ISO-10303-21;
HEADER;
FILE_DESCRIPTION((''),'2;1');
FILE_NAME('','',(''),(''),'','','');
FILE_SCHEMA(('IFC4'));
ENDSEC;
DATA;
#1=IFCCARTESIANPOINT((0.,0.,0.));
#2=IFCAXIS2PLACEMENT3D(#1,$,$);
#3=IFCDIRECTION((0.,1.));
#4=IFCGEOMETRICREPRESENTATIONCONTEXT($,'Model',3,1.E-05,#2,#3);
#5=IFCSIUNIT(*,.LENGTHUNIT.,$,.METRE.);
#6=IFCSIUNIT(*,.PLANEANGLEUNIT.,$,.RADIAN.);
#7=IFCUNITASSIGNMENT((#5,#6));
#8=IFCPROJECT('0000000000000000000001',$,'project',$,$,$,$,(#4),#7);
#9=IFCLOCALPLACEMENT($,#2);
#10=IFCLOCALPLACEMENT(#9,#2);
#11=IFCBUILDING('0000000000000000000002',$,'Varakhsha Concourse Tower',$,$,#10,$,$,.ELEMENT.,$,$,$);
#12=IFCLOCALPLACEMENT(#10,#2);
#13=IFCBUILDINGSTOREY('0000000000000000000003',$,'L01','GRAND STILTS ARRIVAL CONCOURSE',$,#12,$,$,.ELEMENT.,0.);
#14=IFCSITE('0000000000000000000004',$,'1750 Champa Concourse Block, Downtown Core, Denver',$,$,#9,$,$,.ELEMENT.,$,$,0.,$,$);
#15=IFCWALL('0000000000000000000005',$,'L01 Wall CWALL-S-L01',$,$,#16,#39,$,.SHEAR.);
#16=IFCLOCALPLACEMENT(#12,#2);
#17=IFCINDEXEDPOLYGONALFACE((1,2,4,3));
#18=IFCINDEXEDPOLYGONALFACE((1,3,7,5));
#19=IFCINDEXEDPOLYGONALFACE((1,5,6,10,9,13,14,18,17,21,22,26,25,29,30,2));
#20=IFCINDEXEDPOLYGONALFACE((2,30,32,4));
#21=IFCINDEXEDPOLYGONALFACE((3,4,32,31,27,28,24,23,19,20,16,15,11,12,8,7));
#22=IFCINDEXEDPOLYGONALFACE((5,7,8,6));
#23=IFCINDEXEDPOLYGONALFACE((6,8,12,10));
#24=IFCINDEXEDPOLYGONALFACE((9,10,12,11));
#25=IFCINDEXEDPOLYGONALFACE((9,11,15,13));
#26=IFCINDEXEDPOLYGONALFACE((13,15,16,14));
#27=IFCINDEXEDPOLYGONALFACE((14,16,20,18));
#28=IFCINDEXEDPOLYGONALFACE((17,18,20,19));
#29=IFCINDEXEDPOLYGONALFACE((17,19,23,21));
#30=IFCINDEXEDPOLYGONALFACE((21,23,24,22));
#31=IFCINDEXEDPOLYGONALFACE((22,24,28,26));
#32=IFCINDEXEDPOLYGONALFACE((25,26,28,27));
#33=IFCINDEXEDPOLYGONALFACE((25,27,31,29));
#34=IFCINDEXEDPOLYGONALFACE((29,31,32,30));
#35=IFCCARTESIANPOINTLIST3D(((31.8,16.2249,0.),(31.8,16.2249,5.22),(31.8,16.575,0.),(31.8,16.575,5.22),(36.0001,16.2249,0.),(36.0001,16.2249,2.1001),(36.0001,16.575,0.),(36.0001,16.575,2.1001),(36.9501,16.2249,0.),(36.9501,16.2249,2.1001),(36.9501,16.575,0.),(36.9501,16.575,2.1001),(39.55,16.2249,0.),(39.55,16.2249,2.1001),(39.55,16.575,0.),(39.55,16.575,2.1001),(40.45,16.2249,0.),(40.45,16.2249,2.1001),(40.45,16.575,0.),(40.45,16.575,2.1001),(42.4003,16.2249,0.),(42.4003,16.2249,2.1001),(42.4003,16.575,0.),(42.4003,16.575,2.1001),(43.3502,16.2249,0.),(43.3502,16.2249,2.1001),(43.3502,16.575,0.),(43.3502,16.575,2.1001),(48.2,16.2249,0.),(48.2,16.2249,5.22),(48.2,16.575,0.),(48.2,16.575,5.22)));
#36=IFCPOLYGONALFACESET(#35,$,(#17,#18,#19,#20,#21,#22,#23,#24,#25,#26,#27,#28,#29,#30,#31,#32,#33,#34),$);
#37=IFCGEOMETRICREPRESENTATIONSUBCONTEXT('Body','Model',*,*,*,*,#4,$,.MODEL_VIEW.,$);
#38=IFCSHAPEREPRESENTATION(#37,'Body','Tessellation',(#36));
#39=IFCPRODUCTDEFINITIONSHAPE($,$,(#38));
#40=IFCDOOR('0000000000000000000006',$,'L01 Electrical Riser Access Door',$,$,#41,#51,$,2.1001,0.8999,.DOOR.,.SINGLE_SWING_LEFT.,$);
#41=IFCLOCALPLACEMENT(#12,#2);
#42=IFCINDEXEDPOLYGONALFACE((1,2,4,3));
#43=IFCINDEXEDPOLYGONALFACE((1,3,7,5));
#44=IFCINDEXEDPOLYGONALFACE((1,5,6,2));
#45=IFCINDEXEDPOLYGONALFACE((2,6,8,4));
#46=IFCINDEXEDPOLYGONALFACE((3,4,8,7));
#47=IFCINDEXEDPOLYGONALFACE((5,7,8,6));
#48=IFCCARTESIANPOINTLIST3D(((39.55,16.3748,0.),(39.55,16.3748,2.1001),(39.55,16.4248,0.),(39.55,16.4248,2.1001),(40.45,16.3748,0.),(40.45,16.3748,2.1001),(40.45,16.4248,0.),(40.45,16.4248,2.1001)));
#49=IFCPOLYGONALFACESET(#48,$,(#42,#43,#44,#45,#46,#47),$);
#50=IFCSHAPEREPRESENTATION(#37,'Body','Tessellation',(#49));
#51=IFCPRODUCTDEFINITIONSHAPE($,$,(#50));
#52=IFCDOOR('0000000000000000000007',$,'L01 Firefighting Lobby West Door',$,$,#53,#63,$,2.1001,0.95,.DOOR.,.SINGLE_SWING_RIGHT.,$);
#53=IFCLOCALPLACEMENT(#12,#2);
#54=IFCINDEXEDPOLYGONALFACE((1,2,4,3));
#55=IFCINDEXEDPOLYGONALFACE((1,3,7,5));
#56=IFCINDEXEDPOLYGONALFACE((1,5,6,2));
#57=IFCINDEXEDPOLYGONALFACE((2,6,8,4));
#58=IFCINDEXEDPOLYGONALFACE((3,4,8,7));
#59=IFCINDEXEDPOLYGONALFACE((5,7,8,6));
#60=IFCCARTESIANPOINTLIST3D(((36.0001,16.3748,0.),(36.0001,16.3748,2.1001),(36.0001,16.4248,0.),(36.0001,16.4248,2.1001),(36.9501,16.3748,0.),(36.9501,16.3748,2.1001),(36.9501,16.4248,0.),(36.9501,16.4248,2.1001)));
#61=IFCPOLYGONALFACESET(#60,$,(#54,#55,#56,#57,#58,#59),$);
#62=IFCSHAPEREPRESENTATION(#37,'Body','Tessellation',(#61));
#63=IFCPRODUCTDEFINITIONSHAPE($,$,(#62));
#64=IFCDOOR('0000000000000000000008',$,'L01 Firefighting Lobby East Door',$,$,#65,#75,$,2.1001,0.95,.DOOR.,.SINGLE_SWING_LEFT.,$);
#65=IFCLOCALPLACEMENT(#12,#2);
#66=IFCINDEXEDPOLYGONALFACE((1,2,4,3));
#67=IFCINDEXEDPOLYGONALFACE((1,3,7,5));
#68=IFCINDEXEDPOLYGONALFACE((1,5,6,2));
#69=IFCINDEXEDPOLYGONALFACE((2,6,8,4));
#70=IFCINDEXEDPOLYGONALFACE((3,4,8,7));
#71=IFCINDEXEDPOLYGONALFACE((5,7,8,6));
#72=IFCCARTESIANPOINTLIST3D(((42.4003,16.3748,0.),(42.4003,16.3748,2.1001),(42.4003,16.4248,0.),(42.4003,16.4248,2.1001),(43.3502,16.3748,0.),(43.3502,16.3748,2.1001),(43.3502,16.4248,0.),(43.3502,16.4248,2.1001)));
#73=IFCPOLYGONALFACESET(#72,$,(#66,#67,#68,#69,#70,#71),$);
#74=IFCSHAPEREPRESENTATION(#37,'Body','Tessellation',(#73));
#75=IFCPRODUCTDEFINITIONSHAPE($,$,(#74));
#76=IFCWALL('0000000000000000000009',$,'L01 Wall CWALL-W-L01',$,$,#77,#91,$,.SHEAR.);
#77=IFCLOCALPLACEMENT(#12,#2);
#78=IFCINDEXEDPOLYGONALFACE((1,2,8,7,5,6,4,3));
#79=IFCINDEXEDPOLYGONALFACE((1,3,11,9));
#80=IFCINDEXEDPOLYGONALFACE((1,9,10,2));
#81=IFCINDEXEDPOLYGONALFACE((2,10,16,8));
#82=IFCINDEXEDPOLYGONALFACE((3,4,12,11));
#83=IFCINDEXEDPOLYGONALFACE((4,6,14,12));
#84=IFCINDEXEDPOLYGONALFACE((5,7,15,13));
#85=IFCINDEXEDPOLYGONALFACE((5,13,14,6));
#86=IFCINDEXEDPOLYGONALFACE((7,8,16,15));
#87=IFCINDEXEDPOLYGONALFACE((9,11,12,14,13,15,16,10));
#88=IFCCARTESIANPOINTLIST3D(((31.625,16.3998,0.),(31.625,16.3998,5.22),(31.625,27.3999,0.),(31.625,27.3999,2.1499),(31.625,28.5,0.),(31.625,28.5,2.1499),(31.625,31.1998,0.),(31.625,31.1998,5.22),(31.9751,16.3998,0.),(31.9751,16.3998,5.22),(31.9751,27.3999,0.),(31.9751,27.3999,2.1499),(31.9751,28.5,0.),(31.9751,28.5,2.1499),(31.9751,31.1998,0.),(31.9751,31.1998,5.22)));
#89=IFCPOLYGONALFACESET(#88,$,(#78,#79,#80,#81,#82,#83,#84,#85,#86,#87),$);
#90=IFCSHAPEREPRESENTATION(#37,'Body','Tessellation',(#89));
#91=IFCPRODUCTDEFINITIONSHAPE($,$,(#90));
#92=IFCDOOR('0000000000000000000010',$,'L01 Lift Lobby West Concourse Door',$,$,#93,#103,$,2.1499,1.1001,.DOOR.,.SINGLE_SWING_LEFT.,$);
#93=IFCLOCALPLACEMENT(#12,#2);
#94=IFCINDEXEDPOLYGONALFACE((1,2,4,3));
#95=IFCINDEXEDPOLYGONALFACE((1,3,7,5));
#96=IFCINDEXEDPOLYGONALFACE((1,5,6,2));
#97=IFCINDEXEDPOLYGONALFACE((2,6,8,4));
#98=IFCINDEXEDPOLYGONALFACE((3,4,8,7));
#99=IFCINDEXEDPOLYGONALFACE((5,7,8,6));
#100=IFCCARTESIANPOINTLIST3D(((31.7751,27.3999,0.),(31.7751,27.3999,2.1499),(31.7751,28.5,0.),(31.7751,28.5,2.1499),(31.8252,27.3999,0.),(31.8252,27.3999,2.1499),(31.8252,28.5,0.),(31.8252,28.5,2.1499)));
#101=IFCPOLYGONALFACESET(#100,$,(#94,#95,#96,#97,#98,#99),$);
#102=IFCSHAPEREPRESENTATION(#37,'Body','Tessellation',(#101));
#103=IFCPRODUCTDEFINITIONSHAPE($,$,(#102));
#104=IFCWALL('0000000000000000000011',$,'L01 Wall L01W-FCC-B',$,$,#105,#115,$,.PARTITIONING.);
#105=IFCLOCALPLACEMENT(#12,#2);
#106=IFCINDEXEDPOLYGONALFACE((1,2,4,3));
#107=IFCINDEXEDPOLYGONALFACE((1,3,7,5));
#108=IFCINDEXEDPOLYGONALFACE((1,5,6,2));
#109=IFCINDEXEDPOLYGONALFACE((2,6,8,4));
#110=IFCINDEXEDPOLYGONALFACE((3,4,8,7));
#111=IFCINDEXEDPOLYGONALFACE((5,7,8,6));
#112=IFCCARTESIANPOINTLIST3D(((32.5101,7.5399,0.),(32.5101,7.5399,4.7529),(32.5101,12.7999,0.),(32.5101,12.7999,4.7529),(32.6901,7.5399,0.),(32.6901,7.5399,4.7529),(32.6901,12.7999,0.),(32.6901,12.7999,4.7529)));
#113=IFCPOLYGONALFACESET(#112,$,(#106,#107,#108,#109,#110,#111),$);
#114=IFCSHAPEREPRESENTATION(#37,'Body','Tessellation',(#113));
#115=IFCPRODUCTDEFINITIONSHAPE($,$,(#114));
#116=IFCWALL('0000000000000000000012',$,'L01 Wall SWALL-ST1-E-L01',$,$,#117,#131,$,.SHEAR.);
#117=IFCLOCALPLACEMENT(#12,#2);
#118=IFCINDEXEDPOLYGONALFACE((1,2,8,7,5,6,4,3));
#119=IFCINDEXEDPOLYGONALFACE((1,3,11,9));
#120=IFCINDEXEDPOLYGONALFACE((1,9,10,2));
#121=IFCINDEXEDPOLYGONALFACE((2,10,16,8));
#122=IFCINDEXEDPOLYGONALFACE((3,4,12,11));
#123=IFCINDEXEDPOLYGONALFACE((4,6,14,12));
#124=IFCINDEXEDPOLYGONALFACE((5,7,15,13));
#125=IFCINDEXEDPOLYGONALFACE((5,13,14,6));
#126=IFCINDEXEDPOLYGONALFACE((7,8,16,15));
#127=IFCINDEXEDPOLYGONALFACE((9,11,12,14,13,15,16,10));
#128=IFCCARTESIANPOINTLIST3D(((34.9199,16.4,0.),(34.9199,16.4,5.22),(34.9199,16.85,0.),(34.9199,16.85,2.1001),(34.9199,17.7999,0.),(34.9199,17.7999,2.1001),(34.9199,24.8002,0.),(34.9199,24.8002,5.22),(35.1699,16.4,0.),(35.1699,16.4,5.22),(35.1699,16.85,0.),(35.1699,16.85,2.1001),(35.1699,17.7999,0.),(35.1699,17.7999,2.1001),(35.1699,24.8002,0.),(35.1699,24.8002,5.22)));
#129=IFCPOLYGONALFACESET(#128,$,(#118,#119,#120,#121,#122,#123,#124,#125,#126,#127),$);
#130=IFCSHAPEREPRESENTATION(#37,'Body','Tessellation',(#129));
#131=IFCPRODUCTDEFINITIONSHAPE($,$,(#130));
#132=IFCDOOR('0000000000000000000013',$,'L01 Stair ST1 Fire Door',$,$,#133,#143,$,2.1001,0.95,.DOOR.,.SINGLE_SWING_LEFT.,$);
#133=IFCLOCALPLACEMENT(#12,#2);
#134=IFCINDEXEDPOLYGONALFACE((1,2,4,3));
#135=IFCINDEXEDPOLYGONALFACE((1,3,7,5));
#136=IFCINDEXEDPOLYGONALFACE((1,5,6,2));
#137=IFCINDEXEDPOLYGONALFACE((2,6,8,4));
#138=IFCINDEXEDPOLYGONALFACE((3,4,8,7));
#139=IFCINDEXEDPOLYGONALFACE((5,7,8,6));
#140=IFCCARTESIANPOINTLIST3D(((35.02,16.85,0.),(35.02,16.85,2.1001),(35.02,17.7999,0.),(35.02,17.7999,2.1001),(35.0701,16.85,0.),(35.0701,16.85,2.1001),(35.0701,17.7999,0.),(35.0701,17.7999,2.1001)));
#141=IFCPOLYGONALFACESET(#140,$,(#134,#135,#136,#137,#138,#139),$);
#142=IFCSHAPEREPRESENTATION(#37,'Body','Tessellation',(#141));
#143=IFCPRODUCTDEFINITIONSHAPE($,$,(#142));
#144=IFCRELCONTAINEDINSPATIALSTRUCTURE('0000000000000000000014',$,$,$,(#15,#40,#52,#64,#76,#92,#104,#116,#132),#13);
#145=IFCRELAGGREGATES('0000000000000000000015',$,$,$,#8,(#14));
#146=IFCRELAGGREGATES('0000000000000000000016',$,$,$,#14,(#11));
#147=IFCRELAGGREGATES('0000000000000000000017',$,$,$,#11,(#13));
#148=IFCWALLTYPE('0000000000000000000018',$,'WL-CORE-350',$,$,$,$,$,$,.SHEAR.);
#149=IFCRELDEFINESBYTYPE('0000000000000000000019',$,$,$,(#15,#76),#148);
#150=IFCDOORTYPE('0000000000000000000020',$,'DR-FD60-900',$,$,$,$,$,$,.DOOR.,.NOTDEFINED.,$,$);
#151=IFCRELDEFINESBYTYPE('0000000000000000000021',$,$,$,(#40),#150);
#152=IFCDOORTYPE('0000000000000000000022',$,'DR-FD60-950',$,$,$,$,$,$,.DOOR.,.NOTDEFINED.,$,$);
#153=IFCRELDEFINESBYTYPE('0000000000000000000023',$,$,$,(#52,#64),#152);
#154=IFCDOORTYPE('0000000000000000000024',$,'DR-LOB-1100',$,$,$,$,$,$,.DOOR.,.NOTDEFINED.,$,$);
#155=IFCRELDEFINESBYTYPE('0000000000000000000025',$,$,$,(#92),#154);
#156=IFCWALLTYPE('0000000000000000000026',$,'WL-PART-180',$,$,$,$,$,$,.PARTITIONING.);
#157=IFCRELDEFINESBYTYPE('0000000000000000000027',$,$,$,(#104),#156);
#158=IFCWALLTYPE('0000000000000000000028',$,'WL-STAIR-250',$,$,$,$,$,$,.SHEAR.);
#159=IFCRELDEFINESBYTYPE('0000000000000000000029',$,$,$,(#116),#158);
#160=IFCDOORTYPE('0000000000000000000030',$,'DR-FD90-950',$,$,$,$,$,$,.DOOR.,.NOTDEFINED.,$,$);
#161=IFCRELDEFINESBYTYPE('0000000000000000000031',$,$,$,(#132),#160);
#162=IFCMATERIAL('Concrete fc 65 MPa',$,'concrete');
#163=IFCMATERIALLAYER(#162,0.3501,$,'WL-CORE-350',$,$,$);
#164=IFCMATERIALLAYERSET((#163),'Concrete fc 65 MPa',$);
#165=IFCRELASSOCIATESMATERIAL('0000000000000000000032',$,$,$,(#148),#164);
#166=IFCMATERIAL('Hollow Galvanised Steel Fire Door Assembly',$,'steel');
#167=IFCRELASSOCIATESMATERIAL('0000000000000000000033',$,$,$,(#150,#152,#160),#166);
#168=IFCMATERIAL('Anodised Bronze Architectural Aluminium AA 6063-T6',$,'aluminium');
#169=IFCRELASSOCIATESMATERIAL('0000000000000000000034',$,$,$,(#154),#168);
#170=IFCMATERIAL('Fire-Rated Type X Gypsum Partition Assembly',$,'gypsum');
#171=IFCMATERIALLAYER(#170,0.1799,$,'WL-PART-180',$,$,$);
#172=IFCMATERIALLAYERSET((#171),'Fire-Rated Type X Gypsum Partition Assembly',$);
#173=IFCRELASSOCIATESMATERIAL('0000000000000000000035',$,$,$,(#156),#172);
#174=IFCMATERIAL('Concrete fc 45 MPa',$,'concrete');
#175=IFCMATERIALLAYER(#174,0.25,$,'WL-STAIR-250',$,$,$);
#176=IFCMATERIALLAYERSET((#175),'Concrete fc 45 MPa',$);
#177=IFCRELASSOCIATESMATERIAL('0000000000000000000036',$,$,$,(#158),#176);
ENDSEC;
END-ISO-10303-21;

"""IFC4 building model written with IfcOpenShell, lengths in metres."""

from ifc_helpers import new_model, si_unit, direction, frame, frame_2d, origin, place, context, subcontext, project, spatial, rectangle, extrude, material, layer, layer_set, type_object, element, fill, save


model = new_model("IFC4")

# Units and contexts
model_context = context("Model", 3, precision=1e-05, world=origin(), true_north=direction((0.0, 1.0)))
body_context = subcontext(model_context, "Body", "Model", "MODEL_VIEW")
ifc_project = project(units=[si_unit("LENGTHUNIT", "METRE"), si_unit("PLANEANGLEUNIT", "RADIAN")], contexts=[model_context])

# Site, building, storey
site_placement = place(None, origin())
site = spatial("IfcSite", under=ifc_project, at=site_placement, Name="1750 Champa Concourse Block, Downtown Core, Denver", CompositionType="ELEMENT", RefElevation=0.0)
building_placement = place(site_placement, origin())
building = spatial("IfcBuilding", under=site, at=building_placement, Name="Varakhsha Concourse Tower", CompositionType="ELEMENT")
storey_placement = place(building_placement, origin())
storey = spatial("IfcBuildingStorey", under=building, at=storey_placement, Name="L01", Description="GRAND STILTS ARRIVAL CONCOURSE", CompositionType="ELEMENT", Elevation=0.0)

# Shared definitions
ifc_material_1 = material(Name="Concrete fc 65 MPa", Category="concrete")

# Wall, openings, doors
ifc_layer_1 = layer(ifc_material_1, 0.3501, Name="WL-CORE-350")
ifc_layer_set_1 = layer_set([ifc_layer_1], Name="Concrete fc 65 MPa")
wall_type_1 = type_object("IfcWallType", Name="WL-CORE-350", PredefinedType="SHEAR", material=ifc_layer_set_1)
wall_1_placement = place(storey_placement, frame((31.8, 16.3999, 0.0), z_axis=(0.0, 0.0, 1.0), x_axis=(1.0, 0.0, 0.0)))
wall_1 = element("IfcWall", 1, at=wall_1_placement, inside=storey, type_object=wall_type_1, Name="L01 Wall CWALL-S-L01", PredefinedType="SHEAR", context=body_context, shape_type="SweptSolid", body=[
    extrude(rectangle(XDim=16.3999, YDim=0.3501, at=frame_2d((8.2, 0.0))), origin(), (0.0, 0.0, 1.0), 5.22),
])
opening_1_placement = place(wall_1_placement, frame((7.75, 0.0, 0.0)))
opening_1 = element("IfcOpeningElement", 2, at=opening_1_placement, cuts=wall_1, PredefinedType="OPENING", context=body_context, shape_type="SweptSolid", body=[
    extrude(rectangle(XDim=0.8999, YDim=2.1001, at=frame_2d((0.45, 1.05))), frame((0.0, 0.1851, 0.0), z_axis=(0.0, -1.0, 0.0), x_axis=(1.0, 0.0, 0.0)), (0.0, 0.0, 1.0), 0.3701),
])
opening_2_placement = place(wall_1_placement, frame((4.2, 0.0, 0.0)))
opening_2 = element("IfcOpeningElement", 3, at=opening_2_placement, cuts=wall_1, PredefinedType="OPENING", context=body_context, shape_type="SweptSolid", body=[
    extrude(rectangle(XDim=0.95, YDim=2.1001, at=frame_2d((0.4751, 1.05))), frame((0.0, 0.1851, 0.0), z_axis=(0.0, -1.0, 0.0), x_axis=(1.0, 0.0, 0.0)), (0.0, 0.0, 1.0), 0.3701),
])
opening_3_placement = place(wall_1_placement, frame((10.6001, 0.0, 0.0)))
opening_3 = element("IfcOpeningElement", 4, at=opening_3_placement, cuts=wall_1, PredefinedType="OPENING", context=body_context, shape_type="SweptSolid", body=[
    extrude(rectangle(XDim=0.95, YDim=2.1001, at=frame_2d((0.4751, 1.05))), frame((0.0, 0.1851, 0.0), z_axis=(0.0, -1.0, 0.0), x_axis=(1.0, 0.0, 0.0)), (0.0, 0.0, 1.0), 0.3701),
])
ifc_material_2 = material(Name="Hollow Galvanised Steel Fire Door Assembly", Category="steel")
door_type_1 = type_object("IfcDoorType", Name="DR-FD60-900", OperationType="NOTDEFINED", PredefinedType="DOOR", material=ifc_material_2)
door_1_placement = place(opening_1_placement, origin())
door_1 = element("IfcDoor", 5, at=door_1_placement, inside=storey, type_object=door_type_1, Name="L01 Electrical Riser Access Door", OperationType="SINGLE_SWING_LEFT", OverallHeight=2.1001, OverallWidth=0.8999, PredefinedType="DOOR", context=body_context, shape_type="SweptSolid", body=[
    extrude(rectangle(XDim=0.8999, YDim=2.1001, at=frame_2d((0.45, 1.05))), frame((0.0, 0.0249, 0.0), z_axis=(0.0, -1.0, 0.0), x_axis=(1.0, 0.0, 0.0)), (0.0, 0.0, 1.0), 0.05),
])
fill(opening_1, door_1)
door_type_2 = type_object("IfcDoorType", Name="DR-FD60-950", OperationType="NOTDEFINED", PredefinedType="DOOR", material=ifc_material_2)
door_2_placement = place(opening_2_placement, origin())
door_2 = element("IfcDoor", 6, at=door_2_placement, inside=storey, type_object=door_type_2, Name="L01 Firefighting Lobby West Door", OperationType="SINGLE_SWING_RIGHT", OverallHeight=2.1001, OverallWidth=0.95, PredefinedType="DOOR", context=body_context, shape_type="SweptSolid", body=[
    extrude(rectangle(XDim=0.95, YDim=2.1001, at=frame_2d((0.4751, 1.05))), frame((0.0, 0.0249, 0.0), z_axis=(0.0, -1.0, 0.0), x_axis=(1.0, 0.0, 0.0)), (0.0, 0.0, 1.0), 0.05),
])
fill(opening_2, door_2)
door_3_placement = place(opening_3_placement, origin())
door_3 = element("IfcDoor", 7, at=door_3_placement, inside=storey, type_object=door_type_2, Name="L01 Firefighting Lobby East Door", OperationType="SINGLE_SWING_LEFT", OverallHeight=2.1001, OverallWidth=0.95, PredefinedType="DOOR", context=body_context, shape_type="SweptSolid", body=[
    extrude(rectangle(XDim=0.95, YDim=2.1001, at=frame_2d((0.4751, 1.05))), frame((0.0, 0.0249, 0.0), z_axis=(0.0, -1.0, 0.0), x_axis=(1.0, 0.0, 0.0)), (0.0, 0.0, 1.0), 0.05),
])
fill(opening_3, door_3)

# Wall, opening, door
wall_2_placement = place(storey_placement, frame((31.8, 16.3999, 0.0), z_axis=(0.0, 0.0, 1.0), x_axis=(0.0, 1.0, 0.0)))
wall_2 = element("IfcWall", 8, at=wall_2_placement, inside=storey, type_object=wall_type_1, Name="L01 Wall CWALL-W-L01", PredefinedType="SHEAR", context=body_context, shape_type="SweptSolid", body=[
    extrude(rectangle(XDim=14.8, YDim=0.3501, at=frame_2d((7.3999, 0.0))), origin(), (0.0, 0.0, 1.0), 5.22),
])
opening_4_placement = place(wall_2_placement, frame((11.0, 0.0, 0.0)))
opening_4 = element("IfcOpeningElement", 9, at=opening_4_placement, cuts=wall_2, PredefinedType="OPENING", context=body_context, shape_type="SweptSolid", body=[
    extrude(rectangle(XDim=1.1001, YDim=2.1499, at=frame_2d((0.55, 1.075))), frame((0.0, 0.1851, 0.0), z_axis=(0.0, -1.0, 0.0), x_axis=(1.0, 0.0, 0.0)), (0.0, 0.0, 1.0), 0.3701),
])
ifc_material_3 = material(Name="Anodised Bronze Architectural Aluminium AA 6063-T6", Category="aluminium")
door_type_3 = type_object("IfcDoorType", Name="DR-LOB-1100", OperationType="NOTDEFINED", PredefinedType="DOOR", material=ifc_material_3)
door_4_placement = place(opening_4_placement, origin())
door_4 = element("IfcDoor", 10, at=door_4_placement, inside=storey, type_object=door_type_3, Name="L01 Lift Lobby West Concourse Door", OperationType="SINGLE_SWING_LEFT", OverallHeight=2.1499, OverallWidth=1.1001, PredefinedType="DOOR", context=body_context, shape_type="SweptSolid", body=[
    extrude(rectangle(XDim=1.1001, YDim=2.1499, at=frame_2d((0.55, 1.075))), frame((0.0, 0.0249, 0.0), z_axis=(0.0, -1.0, 0.0), x_axis=(1.0, 0.0, 0.0)), (0.0, 0.0, 1.0), 0.05),
])
fill(opening_4, door_4)

# Wall
ifc_material_4 = material(Name="Fire-Rated Type X Gypsum Partition Assembly", Category="gypsum")
ifc_layer_2 = layer(ifc_material_4, 0.1799, Name="WL-PART-180")
ifc_layer_set_2 = layer_set([ifc_layer_2], Name="Fire-Rated Type X Gypsum Partition Assembly")
wall_type_2 = type_object("IfcWallType", Name="WL-PART-180", PredefinedType="PARTITIONING", material=ifc_layer_set_2)
wall_3_placement = place(storey_placement, frame((32.6001, 7.54, 0.0), z_axis=(0.0, 0.0, 1.0), x_axis=(0.0, 1.0, 0.0)))
element("IfcWall", 11, at=wall_3_placement, inside=storey, type_object=wall_type_2, Name="L01 Wall L01W-FCC-B", PredefinedType="PARTITIONING", context=body_context, shape_type="SweptSolid", body=[
    extrude(rectangle(XDim=5.26, YDim=0.1799, at=frame_2d((2.6299, 0.0))), origin(), (0.0, 0.0, 1.0), 4.7529),
])

# Wall, opening, door
ifc_material_5 = material(Name="Concrete fc 45 MPa", Category="concrete")
ifc_layer_3 = layer(ifc_material_5, 0.25, Name="WL-STAIR-250")
ifc_layer_set_3 = layer_set([ifc_layer_3], Name="Concrete fc 45 MPa")
wall_type_3 = type_object("IfcWallType", Name="WL-STAIR-250", PredefinedType="SHEAR", material=ifc_layer_set_3)
wall_4_placement = place(storey_placement, frame((35.0449, 16.3999, 0.0), z_axis=(0.0, 0.0, 1.0), x_axis=(0.0, 1.0, 0.0)))
wall_4 = element("IfcWall", 12, at=wall_4_placement, inside=storey, type_object=wall_type_3, Name="L01 Wall SWALL-ST1-E-L01", PredefinedType="SHEAR", context=body_context, shape_type="SweptSolid", body=[
    extrude(rectangle(XDim=8.4001, YDim=0.25, at=frame_2d((4.2002, 0.0))), origin(), (0.0, 0.0, 1.0), 5.22),
])
opening_5_placement = place(wall_4_placement, frame((0.45, 0.0, 0.0)))
opening_5 = element("IfcOpeningElement", 13, at=opening_5_placement, cuts=wall_4, PredefinedType="OPENING", context=body_context, shape_type="SweptSolid", body=[
    extrude(rectangle(XDim=0.95, YDim=2.1001, at=frame_2d((0.4751, 1.05))), frame((0.0, 0.135, 0.0), z_axis=(0.0, -1.0, 0.0), x_axis=(1.0, 0.0, 0.0)), (0.0, 0.0, 1.0), 0.27),
])
door_type_4 = type_object("IfcDoorType", Name="DR-FD90-950", OperationType="NOTDEFINED", PredefinedType="DOOR", material=ifc_material_2)
door_5_placement = place(opening_5_placement, origin())
door_5 = element("IfcDoor", 14, at=door_5_placement, inside=storey, type_object=door_type_4, Name="L01 Stair ST1 Fire Door", OperationType="SINGLE_SWING_LEFT", OverallHeight=2.1001, OverallWidth=0.95, PredefinedType="DOOR", context=body_context, shape_type="SweptSolid", body=[
    extrude(rectangle(XDim=0.95, YDim=2.1001, at=frame_2d((0.4751, 1.05))), frame((0.0, 0.0249, 0.0), z_axis=(0.0, -1.0, 0.0), x_axis=(1.0, 0.0, 0.0)), (0.0, 0.0, 1.0), 0.05),
])
fill(opening_5, door_5)

save(model, "model.ifc")
